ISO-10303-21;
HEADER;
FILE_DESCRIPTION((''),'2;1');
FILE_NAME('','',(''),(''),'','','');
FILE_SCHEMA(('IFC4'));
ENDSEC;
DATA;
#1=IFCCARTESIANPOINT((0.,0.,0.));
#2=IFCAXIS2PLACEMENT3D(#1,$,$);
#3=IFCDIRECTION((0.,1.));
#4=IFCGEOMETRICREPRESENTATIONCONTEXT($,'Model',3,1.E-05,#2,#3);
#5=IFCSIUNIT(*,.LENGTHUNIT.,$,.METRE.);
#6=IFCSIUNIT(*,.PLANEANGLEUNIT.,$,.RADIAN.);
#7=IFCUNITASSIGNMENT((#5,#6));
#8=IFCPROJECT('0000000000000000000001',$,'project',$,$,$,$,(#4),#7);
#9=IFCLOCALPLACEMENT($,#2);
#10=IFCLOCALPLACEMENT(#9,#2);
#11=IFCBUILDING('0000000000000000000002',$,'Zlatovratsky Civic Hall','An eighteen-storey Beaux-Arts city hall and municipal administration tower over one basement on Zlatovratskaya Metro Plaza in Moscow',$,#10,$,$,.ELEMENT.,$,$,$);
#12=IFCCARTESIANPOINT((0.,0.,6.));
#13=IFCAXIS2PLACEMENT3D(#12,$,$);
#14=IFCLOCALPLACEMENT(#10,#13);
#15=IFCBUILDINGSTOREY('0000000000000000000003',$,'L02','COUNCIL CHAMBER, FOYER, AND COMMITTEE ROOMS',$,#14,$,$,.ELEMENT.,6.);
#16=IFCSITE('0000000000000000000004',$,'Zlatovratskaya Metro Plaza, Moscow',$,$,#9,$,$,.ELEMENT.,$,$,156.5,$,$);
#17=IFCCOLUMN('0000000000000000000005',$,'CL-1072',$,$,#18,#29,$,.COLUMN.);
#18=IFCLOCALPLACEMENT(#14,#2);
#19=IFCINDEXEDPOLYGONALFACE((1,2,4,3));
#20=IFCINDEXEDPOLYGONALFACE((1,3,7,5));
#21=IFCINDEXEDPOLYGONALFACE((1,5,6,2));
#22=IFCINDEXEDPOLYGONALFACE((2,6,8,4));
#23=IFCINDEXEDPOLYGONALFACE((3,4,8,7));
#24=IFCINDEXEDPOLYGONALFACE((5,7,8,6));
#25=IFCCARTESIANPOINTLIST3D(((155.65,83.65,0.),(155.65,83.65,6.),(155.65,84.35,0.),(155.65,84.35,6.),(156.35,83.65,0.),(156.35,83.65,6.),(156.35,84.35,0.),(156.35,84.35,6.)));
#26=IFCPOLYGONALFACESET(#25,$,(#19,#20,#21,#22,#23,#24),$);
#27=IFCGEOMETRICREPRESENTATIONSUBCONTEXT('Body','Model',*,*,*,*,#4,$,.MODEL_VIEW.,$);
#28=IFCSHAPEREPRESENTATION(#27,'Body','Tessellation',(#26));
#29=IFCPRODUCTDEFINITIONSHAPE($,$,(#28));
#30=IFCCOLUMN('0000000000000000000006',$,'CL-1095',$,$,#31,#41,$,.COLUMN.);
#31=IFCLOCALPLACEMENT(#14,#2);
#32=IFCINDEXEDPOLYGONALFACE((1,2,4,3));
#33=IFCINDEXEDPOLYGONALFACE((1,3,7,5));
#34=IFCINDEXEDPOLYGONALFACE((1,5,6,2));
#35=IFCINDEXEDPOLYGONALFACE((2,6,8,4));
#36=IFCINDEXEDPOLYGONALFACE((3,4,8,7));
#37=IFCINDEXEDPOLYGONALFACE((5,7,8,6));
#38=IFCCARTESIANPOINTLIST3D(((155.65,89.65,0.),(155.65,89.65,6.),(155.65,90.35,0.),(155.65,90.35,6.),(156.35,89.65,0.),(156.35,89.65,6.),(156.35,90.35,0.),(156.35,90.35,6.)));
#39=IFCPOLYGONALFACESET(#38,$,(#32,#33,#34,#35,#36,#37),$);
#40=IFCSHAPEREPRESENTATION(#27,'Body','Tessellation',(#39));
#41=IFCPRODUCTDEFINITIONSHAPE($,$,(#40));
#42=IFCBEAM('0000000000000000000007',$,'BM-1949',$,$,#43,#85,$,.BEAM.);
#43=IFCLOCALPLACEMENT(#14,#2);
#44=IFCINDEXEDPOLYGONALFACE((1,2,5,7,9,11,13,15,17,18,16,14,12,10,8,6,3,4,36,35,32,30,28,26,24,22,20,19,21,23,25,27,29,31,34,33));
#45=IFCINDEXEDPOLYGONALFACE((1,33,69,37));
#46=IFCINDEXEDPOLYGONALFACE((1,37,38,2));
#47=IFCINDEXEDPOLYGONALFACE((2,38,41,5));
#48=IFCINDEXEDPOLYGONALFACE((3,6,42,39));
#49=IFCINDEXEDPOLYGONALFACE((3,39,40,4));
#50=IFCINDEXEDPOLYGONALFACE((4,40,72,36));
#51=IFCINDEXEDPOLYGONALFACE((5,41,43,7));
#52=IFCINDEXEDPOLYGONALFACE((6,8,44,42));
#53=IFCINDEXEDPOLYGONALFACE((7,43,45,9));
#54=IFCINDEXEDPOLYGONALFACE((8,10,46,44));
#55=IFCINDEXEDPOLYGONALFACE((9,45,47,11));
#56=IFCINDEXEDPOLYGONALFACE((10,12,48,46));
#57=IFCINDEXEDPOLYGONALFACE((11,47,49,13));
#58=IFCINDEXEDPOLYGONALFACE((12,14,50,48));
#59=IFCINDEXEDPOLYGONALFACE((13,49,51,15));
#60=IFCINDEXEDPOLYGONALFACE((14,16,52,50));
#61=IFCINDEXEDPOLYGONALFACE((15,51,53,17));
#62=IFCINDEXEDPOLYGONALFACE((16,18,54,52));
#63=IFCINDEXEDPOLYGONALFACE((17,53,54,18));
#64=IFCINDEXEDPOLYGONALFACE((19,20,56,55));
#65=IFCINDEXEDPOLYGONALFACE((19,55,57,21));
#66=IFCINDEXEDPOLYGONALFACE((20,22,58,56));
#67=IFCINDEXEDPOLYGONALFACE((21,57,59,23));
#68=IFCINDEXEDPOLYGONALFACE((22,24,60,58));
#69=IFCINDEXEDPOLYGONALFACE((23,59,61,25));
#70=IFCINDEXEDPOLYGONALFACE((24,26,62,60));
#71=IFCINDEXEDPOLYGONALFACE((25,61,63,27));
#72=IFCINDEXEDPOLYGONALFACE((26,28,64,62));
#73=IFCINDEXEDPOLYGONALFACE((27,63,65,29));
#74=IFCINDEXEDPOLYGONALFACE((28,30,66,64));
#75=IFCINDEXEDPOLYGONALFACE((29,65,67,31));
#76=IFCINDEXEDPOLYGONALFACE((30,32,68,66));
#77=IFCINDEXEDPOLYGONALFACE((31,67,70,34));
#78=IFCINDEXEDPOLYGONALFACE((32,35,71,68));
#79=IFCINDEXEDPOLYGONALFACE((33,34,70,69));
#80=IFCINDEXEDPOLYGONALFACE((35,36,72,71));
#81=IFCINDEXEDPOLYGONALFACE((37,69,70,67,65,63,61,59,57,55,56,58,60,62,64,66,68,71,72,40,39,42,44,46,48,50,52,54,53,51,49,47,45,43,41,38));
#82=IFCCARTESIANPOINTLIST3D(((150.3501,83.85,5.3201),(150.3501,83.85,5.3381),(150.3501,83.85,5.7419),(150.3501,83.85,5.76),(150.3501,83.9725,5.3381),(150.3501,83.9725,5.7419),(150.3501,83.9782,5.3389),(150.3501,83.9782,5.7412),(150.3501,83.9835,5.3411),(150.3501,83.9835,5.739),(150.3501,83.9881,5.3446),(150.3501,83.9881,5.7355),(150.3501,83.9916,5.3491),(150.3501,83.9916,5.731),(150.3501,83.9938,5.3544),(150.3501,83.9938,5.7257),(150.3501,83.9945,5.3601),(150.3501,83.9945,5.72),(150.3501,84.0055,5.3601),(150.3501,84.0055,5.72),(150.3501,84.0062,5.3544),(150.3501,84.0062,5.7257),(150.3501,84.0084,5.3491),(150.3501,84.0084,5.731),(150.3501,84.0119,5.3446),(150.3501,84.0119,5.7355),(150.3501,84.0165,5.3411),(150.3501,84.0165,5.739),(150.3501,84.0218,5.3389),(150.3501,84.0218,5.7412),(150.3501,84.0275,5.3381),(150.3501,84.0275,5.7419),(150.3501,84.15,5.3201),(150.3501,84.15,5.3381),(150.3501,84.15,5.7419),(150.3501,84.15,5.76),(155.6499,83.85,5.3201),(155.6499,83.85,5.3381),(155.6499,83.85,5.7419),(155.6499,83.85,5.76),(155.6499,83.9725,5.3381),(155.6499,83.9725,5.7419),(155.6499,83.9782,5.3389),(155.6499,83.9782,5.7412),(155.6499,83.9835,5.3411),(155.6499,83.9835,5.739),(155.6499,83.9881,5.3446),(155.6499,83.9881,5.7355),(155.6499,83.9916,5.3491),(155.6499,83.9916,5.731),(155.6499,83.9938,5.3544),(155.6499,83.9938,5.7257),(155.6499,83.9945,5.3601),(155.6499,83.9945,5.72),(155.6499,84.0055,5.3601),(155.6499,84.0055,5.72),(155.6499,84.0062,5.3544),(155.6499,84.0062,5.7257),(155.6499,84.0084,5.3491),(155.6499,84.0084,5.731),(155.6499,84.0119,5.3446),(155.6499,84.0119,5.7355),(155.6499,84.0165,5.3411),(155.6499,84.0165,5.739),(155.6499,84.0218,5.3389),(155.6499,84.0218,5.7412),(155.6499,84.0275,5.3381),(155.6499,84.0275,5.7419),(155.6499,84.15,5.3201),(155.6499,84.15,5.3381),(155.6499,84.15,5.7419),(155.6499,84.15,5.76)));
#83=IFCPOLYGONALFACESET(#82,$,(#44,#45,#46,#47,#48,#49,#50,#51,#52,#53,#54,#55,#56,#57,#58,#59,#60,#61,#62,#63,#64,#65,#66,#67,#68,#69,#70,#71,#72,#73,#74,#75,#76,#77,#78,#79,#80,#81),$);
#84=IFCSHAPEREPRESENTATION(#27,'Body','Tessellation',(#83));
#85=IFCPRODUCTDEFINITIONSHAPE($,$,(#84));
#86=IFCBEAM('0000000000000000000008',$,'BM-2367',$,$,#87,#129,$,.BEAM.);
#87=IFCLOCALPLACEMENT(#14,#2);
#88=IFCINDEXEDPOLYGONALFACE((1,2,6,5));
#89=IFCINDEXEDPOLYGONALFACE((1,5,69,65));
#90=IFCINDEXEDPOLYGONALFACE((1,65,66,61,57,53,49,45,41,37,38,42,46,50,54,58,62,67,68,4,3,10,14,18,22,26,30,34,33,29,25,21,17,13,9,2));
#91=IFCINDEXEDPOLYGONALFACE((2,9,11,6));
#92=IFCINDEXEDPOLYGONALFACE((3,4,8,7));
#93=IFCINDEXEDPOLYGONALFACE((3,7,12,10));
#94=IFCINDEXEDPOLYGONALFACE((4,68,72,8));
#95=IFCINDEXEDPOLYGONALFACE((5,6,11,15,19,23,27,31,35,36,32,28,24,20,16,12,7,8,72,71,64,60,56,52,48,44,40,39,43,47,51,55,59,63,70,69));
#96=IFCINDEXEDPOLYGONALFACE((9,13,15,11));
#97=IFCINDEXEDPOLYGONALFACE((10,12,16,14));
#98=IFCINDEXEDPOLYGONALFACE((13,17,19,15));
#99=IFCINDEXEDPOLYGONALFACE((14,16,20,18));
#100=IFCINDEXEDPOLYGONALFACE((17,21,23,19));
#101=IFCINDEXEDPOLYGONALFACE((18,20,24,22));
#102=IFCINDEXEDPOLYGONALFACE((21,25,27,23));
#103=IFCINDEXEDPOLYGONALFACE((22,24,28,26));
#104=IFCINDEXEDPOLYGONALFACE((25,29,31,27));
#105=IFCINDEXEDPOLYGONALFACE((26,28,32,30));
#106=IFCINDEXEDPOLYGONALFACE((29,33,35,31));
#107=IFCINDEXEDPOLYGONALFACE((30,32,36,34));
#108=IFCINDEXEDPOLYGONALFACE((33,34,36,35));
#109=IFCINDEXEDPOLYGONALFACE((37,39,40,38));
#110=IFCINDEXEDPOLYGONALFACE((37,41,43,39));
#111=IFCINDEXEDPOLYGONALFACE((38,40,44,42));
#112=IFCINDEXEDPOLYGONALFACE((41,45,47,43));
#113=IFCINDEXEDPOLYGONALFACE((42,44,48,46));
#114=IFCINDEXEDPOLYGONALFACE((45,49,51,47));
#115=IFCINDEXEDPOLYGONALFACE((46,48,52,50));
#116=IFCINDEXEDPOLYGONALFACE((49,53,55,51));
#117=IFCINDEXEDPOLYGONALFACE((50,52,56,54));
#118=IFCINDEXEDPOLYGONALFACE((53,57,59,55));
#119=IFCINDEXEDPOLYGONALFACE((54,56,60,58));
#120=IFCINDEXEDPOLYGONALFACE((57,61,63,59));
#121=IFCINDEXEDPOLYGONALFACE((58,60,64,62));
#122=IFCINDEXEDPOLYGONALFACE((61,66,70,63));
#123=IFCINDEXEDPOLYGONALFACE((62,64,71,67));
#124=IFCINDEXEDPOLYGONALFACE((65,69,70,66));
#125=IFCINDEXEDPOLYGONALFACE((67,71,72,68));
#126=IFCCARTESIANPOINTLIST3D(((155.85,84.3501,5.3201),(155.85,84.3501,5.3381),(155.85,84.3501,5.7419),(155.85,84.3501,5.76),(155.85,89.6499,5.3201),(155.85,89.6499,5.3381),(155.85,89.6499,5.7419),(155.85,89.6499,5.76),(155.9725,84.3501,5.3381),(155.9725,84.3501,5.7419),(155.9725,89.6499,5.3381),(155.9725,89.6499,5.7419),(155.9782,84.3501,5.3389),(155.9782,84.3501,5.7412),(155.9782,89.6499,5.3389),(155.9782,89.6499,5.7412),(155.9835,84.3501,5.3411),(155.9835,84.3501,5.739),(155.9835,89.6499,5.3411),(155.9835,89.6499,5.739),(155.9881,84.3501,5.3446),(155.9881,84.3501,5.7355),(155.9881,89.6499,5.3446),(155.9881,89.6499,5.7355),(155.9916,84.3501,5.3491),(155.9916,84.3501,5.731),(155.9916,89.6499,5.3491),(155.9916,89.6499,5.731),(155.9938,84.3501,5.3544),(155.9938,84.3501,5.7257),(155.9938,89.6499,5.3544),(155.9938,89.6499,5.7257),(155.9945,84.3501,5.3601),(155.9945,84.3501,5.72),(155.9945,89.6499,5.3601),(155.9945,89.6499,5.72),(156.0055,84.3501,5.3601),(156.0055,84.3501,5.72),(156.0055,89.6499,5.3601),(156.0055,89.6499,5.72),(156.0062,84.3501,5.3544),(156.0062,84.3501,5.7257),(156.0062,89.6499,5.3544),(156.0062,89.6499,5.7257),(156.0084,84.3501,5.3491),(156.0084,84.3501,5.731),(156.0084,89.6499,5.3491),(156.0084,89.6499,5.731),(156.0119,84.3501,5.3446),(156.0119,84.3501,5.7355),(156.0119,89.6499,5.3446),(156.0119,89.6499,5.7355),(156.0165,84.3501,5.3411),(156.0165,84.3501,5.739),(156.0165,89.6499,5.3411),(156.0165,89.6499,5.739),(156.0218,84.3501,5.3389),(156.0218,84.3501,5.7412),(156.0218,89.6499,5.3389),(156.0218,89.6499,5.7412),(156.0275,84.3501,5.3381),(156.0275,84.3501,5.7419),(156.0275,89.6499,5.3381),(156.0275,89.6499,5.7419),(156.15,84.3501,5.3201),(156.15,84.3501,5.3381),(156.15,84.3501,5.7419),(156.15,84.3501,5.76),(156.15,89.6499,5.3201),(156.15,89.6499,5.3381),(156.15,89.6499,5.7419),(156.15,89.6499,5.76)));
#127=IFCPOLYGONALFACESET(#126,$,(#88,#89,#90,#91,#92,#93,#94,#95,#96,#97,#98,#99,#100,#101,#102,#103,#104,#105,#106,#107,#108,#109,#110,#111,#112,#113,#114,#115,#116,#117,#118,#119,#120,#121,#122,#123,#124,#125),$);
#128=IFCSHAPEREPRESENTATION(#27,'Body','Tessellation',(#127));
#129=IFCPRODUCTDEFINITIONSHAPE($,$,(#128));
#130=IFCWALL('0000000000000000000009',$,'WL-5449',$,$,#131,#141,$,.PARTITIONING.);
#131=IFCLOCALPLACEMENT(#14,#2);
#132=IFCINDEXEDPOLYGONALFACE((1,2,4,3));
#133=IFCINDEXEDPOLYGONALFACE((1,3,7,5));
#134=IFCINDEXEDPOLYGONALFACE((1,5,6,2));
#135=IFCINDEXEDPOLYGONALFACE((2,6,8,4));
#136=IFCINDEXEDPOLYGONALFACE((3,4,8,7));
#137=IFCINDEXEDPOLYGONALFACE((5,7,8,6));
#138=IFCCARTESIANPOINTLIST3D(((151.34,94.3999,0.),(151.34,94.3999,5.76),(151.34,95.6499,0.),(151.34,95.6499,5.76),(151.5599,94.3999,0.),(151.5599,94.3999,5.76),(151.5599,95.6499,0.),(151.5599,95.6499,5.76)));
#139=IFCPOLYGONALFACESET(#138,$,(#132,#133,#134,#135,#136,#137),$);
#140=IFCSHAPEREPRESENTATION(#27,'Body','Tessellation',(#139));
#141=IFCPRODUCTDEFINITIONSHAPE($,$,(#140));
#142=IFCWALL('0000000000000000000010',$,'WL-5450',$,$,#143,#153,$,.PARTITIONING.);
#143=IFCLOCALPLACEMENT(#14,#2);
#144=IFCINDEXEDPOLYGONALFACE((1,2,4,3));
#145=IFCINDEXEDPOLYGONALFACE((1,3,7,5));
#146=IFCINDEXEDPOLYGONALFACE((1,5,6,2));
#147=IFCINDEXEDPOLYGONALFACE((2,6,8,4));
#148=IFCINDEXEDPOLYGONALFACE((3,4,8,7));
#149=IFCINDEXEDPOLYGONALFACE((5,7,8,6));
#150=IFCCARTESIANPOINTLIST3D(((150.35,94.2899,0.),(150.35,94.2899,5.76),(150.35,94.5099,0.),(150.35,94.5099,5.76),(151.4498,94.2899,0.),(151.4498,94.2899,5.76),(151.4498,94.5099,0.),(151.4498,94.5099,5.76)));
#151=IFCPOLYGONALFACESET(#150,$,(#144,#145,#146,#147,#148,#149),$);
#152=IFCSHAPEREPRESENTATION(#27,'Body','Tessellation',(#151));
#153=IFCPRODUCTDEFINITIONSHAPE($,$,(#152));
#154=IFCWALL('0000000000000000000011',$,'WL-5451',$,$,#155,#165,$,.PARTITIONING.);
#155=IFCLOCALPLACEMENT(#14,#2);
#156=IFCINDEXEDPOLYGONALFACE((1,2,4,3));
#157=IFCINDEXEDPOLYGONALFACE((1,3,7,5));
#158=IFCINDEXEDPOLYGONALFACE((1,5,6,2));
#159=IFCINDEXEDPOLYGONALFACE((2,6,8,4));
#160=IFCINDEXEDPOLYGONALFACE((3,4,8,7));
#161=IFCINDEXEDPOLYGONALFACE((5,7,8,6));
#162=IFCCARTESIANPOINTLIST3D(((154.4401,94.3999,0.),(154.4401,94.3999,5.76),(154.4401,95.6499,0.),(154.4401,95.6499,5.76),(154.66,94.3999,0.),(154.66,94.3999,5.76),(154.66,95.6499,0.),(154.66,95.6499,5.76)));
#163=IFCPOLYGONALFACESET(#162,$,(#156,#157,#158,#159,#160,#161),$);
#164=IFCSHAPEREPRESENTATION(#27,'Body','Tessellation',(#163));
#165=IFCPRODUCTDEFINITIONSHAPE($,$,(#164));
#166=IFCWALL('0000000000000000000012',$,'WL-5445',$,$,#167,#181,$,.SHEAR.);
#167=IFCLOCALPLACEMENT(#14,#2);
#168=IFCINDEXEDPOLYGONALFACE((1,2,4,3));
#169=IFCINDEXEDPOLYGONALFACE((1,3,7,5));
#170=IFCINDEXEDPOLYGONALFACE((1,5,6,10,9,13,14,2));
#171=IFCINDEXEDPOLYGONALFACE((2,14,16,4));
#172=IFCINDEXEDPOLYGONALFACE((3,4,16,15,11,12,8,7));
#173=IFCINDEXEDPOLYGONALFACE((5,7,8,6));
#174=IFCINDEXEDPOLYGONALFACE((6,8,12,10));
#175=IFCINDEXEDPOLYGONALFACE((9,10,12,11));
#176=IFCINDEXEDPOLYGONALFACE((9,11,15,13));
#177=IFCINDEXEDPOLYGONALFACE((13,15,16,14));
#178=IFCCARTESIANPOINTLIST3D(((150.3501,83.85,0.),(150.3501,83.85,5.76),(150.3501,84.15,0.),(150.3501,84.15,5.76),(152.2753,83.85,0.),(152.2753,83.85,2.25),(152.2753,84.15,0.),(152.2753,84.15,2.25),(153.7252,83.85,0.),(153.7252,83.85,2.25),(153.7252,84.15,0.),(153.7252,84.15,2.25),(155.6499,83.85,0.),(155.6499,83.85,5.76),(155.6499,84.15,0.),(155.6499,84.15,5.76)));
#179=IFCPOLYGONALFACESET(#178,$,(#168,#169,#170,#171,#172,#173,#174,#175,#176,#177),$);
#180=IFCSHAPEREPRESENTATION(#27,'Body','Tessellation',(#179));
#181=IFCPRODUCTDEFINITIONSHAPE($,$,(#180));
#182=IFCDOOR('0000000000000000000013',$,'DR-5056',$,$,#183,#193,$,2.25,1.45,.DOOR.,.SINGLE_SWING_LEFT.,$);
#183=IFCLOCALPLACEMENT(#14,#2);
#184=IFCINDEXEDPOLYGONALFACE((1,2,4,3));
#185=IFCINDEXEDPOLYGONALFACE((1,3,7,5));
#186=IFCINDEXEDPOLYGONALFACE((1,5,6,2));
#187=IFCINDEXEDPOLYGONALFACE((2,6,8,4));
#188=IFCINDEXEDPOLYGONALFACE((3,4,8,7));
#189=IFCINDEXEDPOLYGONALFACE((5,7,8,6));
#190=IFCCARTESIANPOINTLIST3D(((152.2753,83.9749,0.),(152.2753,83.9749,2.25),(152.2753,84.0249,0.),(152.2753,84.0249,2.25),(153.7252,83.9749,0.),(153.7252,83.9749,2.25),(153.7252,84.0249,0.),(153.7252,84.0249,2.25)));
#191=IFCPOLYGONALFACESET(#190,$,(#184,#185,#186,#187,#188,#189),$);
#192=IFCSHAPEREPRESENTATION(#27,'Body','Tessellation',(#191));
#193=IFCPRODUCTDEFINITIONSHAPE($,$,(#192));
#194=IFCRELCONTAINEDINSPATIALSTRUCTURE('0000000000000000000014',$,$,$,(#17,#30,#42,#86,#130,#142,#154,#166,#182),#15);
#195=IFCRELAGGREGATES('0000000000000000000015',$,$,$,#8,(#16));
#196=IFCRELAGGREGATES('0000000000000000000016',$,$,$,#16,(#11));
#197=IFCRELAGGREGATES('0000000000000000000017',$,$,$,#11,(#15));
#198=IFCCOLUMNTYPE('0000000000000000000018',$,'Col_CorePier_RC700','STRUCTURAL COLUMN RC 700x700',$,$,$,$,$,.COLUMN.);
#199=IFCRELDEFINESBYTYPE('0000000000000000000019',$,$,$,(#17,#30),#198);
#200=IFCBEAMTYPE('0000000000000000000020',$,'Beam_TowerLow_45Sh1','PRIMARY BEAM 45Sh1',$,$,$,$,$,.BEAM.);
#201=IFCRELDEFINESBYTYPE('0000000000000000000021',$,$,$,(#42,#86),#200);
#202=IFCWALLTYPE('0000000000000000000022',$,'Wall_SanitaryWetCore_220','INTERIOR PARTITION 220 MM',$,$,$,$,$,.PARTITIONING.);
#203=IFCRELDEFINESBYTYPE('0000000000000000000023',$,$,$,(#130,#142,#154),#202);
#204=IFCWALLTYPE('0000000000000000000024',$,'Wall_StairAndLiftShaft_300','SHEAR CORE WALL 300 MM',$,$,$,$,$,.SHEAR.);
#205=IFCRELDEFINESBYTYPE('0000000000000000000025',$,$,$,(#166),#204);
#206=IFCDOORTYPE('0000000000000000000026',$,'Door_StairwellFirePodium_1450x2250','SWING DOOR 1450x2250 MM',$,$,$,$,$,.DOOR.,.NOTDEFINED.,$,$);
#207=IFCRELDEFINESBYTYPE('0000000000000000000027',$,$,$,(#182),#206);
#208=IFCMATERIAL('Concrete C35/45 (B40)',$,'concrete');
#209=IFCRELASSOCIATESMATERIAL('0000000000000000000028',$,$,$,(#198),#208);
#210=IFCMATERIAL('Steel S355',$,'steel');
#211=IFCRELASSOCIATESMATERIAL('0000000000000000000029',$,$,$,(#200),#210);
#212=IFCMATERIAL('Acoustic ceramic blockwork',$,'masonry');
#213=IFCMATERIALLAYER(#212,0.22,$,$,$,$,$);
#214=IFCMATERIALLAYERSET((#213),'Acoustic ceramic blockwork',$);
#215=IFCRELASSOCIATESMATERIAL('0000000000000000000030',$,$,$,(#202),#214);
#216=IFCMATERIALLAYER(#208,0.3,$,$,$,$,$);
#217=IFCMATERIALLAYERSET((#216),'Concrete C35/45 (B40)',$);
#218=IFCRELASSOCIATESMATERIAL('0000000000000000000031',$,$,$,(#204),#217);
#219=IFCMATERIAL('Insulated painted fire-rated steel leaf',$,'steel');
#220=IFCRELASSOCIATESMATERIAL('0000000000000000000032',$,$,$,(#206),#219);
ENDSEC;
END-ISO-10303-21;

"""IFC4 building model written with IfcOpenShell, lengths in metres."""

from ifc_helpers import new_model, si_unit, direction, frame, frame_2d, origin, origin_2d, place, context, subcontext, project, spatial, rectangle, i_section, extrude, material, layer, layer_set, material_profile, profile_set, type_object, element, fill, save


model = new_model("IFC4")

# Units and contexts
model_context = context("Model", 3, precision=1e-05, world=origin(), true_north=direction((0.0, 1.0)))
body_context = subcontext(model_context, "Body", "Model", "MODEL_VIEW")
ifc_project = project(units=[si_unit("LENGTHUNIT", "METRE"), si_unit("PLANEANGLEUNIT", "RADIAN")], contexts=[model_context])

# Site, building, storey
site_placement = place(None, origin())
site = spatial("IfcSite", under=ifc_project, at=site_placement, Name="Zlatovratskaya Metro Plaza, Moscow", CompositionType="ELEMENT", RefElevation=156.5)
building_placement = place(site_placement, origin())
building = spatial("IfcBuilding", under=site, at=building_placement, Name="Zlatovratsky Civic Hall", Description="An eighteen-storey Beaux-Arts city hall and municipal administration tower over one basement on Zlatovratskaya Metro Plaza in Moscow", CompositionType="ELEMENT")
storey_placement = place(building_placement, frame((0.0, 0.0, 6.0)))
storey = spatial("IfcBuildingStorey", under=building, at=storey_placement, Name="L02", Description="COUNCIL CHAMBER, FOYER, AND COMMITTEE ROOMS", CompositionType="ELEMENT", Elevation=6.0)

# Columns
ifc_material_1 = material(Name="Concrete C35/45 (B40)", Category="concrete")
ifc_material_profile_1 = material_profile(ifc_material_1, rectangle(XDim=0.7, YDim=0.7, at=origin_2d()), Name="RC 700x700")
ifc_profile_set_1 = profile_set([ifc_material_profile_1], Name="Concrete C35/45 (B40)")
column_type = type_object("IfcColumnType", Name="Col_CorePier_RC700", Description="STRUCTURAL COLUMN RC 700x700", PredefinedType="COLUMN", material=ifc_profile_set_1)
for number, where, z_axis, x_axis, name in (
    (1, (156.0, 84.0, 0.0), (0.0, 0.0, 1.0), (1.0, 0.0, 0.0), "CL-1072"),
    (2, (156.0, 90.0, 0.0), (0.0, 0.0, 1.0), (1.0, 0.0, 0.0), "CL-1095"),
):
    element("IfcColumn", number, at=place(storey_placement, frame(where, z_axis=z_axis, x_axis=x_axis)), inside=storey, type_object=column_type, Name=name, PredefinedType="COLUMN", context=body_context, shape_type="SweptSolid", body=[
        extrude(rectangle(XDim=0.7, YDim=0.7, at=origin_2d()), origin(), (0.0, 0.0, 1.0), 6.0),
    ])

# Beams
ifc_material_2 = material(Name="Steel S355", Category="steel")
ifc_material_profile_2 = material_profile(ifc_material_2, i_section(OverallWidth=0.3, OverallDepth=0.4399, WebThickness=0.011, FlangeThickness=0.0181, FilletRadius=0.022, at=origin_2d()), Name="45Sh1")
ifc_profile_set_2 = profile_set([ifc_material_profile_2], Name="Steel S355")
beam_type = type_object("IfcBeamType", Name="Beam_TowerLow_45Sh1", Description="PRIMARY BEAM 45Sh1", PredefinedType="BEAM", material=ifc_profile_set_2)
for number, where, z_axis, x_axis, name in (
    (3, (150.3501, 84.0, 5.54), (1.0, 0.0, 0.0), (0.0, 1.0, 0.0), "BM-1949"),
    (4, (156.0, 84.3501, 5.54), (0.0, 1.0, 0.0), (-1.0, 0.0, 0.0), "BM-2367"),
):
    element("IfcBeam", number, at=place(storey_placement, frame(where, z_axis=z_axis, x_axis=x_axis)), inside=storey, type_object=beam_type, Name=name, PredefinedType="BEAM", context=body_context, shape_type="SweptSolid", body=[
        extrude(i_section(OverallWidth=0.3, OverallDepth=0.4399, WebThickness=0.011, FlangeThickness=0.0181, FilletRadius=0.022, at=origin_2d()), origin(), (0.0, 0.0, 1.0), 5.2998),
    ])

# Walls
ifc_material_3 = material(Name="Acoustic ceramic blockwork", Category="masonry")
ifc_layer_1 = layer(ifc_material_3, 0.22)
ifc_layer_set_1 = layer_set([ifc_layer_1], Name="Acoustic ceramic blockwork")
wall_type_1 = type_object("IfcWallType", Name="Wall_SanitaryWetCore_220", Description="INTERIOR PARTITION 220 MM", PredefinedType="PARTITIONING", material=ifc_layer_set_1)
wall_1_placement = place(storey_placement, frame((151.45, 94.3999, 0.0), z_axis=(0.0, 0.0, 1.0), x_axis=(0.0, 1.0, 0.0)))
element("IfcWall", 5, at=wall_1_placement, inside=storey, type_object=wall_type_1, Name="WL-5449", PredefinedType="PARTITIONING", context=body_context, shape_type="SweptSolid", body=[
    extrude(rectangle(XDim=1.25, YDim=0.22, at=frame_2d((0.625, 0.0))), origin(), (0.0, 0.0, 1.0), 5.76),
])
wall_2_placement = place(storey_placement, frame((150.3501, 94.3999, 0.0), z_axis=(0.0, 0.0, 1.0), x_axis=(1.0, 0.0, 0.0)))
element("IfcWall", 6, at=wall_2_placement, inside=storey, type_object=wall_type_1, Name="WL-5450", PredefinedType="PARTITIONING", context=body_context, shape_type="SweptSolid", body=[
    extrude(rectangle(XDim=1.0999, YDim=0.22, at=frame_2d((0.5498, 0.0))), origin(), (0.0, 0.0, 1.0), 5.76),
])
wall_3_placement = place(storey_placement, frame((154.55, 94.3999, 0.0), z_axis=(0.0, 0.0, 1.0), x_axis=(0.0, 1.0, 0.0)))
element("IfcWall", 7, at=wall_3_placement, inside=storey, type_object=wall_type_1, Name="WL-5451", PredefinedType="PARTITIONING", context=body_context, shape_type="SweptSolid", body=[
    extrude(rectangle(XDim=1.25, YDim=0.22, at=frame_2d((0.625, 0.0))), origin(), (0.0, 0.0, 1.0), 5.76),
])

# Wall, opening, door
ifc_layer_2 = layer(ifc_material_1, 0.3)
ifc_layer_set_2 = layer_set([ifc_layer_2], Name="Concrete C35/45 (B40)")
wall_type_2 = type_object("IfcWallType", Name="Wall_StairAndLiftShaft_300", Description="SHEAR CORE WALL 300 MM", PredefinedType="SHEAR", material=ifc_layer_set_2)
wall_4_placement = place(storey_placement, frame((150.3501, 84.0, 0.0), z_axis=(0.0, 0.0, 1.0), x_axis=(1.0, 0.0, 0.0)))
wall_4 = element("IfcWall", 8, at=wall_4_placement, inside=storey, type_object=wall_type_2, Name="WL-5445", PredefinedType="SHEAR", context=body_context, shape_type="SweptSolid", body=[
    extrude(rectangle(XDim=5.2998, YDim=0.3, at=frame_2d((2.6499, 0.0))), origin(), (0.0, 0.0, 1.0), 5.76),
])
opening_placement = place(wall_4_placement, frame((1.925, 0.0, 0.0)))
opening = element("IfcOpeningElement", 9, at=opening_placement, cuts=wall_4, PredefinedType="OPENING", context=body_context, shape_type="SweptSolid", body=[
    extrude(rectangle(XDim=1.45, YDim=2.25, at=frame_2d((0.7251, 1.125))), frame((0.0, 0.165, 0.0), z_axis=(0.0, -1.0, 0.0), x_axis=(1.0, 0.0, 0.0)), (0.0, 0.0, 1.0), 0.3298),
])
ifc_material_4 = material(Name="Insulated painted fire-rated steel leaf", Category="steel")
door_type = type_object("IfcDoorType", Name="Door_StairwellFirePodium_1450x2250", Description="SWING DOOR 1450x2250 MM", OperationType="NOTDEFINED", PredefinedType="DOOR", material=ifc_material_4)
door_placement = place(opening_placement, origin())
door = element("IfcDoor", 10, at=door_placement, inside=storey, type_object=door_type, Name="DR-5056", OperationType="SINGLE_SWING_LEFT", OverallHeight=2.25, OverallWidth=1.45, PredefinedType="DOOR", context=body_context, shape_type="SweptSolid", body=[
    extrude(rectangle(XDim=1.45, YDim=2.25, at=frame_2d((0.7251, 1.125))), frame((0.0, 0.0249, 0.0), z_axis=(0.0, -1.0, 0.0), x_axis=(1.0, 0.0, 0.0)), (0.0, 0.0, 1.0), 0.05),
])
fill(opening, door)

save(model, "model.ifc")
